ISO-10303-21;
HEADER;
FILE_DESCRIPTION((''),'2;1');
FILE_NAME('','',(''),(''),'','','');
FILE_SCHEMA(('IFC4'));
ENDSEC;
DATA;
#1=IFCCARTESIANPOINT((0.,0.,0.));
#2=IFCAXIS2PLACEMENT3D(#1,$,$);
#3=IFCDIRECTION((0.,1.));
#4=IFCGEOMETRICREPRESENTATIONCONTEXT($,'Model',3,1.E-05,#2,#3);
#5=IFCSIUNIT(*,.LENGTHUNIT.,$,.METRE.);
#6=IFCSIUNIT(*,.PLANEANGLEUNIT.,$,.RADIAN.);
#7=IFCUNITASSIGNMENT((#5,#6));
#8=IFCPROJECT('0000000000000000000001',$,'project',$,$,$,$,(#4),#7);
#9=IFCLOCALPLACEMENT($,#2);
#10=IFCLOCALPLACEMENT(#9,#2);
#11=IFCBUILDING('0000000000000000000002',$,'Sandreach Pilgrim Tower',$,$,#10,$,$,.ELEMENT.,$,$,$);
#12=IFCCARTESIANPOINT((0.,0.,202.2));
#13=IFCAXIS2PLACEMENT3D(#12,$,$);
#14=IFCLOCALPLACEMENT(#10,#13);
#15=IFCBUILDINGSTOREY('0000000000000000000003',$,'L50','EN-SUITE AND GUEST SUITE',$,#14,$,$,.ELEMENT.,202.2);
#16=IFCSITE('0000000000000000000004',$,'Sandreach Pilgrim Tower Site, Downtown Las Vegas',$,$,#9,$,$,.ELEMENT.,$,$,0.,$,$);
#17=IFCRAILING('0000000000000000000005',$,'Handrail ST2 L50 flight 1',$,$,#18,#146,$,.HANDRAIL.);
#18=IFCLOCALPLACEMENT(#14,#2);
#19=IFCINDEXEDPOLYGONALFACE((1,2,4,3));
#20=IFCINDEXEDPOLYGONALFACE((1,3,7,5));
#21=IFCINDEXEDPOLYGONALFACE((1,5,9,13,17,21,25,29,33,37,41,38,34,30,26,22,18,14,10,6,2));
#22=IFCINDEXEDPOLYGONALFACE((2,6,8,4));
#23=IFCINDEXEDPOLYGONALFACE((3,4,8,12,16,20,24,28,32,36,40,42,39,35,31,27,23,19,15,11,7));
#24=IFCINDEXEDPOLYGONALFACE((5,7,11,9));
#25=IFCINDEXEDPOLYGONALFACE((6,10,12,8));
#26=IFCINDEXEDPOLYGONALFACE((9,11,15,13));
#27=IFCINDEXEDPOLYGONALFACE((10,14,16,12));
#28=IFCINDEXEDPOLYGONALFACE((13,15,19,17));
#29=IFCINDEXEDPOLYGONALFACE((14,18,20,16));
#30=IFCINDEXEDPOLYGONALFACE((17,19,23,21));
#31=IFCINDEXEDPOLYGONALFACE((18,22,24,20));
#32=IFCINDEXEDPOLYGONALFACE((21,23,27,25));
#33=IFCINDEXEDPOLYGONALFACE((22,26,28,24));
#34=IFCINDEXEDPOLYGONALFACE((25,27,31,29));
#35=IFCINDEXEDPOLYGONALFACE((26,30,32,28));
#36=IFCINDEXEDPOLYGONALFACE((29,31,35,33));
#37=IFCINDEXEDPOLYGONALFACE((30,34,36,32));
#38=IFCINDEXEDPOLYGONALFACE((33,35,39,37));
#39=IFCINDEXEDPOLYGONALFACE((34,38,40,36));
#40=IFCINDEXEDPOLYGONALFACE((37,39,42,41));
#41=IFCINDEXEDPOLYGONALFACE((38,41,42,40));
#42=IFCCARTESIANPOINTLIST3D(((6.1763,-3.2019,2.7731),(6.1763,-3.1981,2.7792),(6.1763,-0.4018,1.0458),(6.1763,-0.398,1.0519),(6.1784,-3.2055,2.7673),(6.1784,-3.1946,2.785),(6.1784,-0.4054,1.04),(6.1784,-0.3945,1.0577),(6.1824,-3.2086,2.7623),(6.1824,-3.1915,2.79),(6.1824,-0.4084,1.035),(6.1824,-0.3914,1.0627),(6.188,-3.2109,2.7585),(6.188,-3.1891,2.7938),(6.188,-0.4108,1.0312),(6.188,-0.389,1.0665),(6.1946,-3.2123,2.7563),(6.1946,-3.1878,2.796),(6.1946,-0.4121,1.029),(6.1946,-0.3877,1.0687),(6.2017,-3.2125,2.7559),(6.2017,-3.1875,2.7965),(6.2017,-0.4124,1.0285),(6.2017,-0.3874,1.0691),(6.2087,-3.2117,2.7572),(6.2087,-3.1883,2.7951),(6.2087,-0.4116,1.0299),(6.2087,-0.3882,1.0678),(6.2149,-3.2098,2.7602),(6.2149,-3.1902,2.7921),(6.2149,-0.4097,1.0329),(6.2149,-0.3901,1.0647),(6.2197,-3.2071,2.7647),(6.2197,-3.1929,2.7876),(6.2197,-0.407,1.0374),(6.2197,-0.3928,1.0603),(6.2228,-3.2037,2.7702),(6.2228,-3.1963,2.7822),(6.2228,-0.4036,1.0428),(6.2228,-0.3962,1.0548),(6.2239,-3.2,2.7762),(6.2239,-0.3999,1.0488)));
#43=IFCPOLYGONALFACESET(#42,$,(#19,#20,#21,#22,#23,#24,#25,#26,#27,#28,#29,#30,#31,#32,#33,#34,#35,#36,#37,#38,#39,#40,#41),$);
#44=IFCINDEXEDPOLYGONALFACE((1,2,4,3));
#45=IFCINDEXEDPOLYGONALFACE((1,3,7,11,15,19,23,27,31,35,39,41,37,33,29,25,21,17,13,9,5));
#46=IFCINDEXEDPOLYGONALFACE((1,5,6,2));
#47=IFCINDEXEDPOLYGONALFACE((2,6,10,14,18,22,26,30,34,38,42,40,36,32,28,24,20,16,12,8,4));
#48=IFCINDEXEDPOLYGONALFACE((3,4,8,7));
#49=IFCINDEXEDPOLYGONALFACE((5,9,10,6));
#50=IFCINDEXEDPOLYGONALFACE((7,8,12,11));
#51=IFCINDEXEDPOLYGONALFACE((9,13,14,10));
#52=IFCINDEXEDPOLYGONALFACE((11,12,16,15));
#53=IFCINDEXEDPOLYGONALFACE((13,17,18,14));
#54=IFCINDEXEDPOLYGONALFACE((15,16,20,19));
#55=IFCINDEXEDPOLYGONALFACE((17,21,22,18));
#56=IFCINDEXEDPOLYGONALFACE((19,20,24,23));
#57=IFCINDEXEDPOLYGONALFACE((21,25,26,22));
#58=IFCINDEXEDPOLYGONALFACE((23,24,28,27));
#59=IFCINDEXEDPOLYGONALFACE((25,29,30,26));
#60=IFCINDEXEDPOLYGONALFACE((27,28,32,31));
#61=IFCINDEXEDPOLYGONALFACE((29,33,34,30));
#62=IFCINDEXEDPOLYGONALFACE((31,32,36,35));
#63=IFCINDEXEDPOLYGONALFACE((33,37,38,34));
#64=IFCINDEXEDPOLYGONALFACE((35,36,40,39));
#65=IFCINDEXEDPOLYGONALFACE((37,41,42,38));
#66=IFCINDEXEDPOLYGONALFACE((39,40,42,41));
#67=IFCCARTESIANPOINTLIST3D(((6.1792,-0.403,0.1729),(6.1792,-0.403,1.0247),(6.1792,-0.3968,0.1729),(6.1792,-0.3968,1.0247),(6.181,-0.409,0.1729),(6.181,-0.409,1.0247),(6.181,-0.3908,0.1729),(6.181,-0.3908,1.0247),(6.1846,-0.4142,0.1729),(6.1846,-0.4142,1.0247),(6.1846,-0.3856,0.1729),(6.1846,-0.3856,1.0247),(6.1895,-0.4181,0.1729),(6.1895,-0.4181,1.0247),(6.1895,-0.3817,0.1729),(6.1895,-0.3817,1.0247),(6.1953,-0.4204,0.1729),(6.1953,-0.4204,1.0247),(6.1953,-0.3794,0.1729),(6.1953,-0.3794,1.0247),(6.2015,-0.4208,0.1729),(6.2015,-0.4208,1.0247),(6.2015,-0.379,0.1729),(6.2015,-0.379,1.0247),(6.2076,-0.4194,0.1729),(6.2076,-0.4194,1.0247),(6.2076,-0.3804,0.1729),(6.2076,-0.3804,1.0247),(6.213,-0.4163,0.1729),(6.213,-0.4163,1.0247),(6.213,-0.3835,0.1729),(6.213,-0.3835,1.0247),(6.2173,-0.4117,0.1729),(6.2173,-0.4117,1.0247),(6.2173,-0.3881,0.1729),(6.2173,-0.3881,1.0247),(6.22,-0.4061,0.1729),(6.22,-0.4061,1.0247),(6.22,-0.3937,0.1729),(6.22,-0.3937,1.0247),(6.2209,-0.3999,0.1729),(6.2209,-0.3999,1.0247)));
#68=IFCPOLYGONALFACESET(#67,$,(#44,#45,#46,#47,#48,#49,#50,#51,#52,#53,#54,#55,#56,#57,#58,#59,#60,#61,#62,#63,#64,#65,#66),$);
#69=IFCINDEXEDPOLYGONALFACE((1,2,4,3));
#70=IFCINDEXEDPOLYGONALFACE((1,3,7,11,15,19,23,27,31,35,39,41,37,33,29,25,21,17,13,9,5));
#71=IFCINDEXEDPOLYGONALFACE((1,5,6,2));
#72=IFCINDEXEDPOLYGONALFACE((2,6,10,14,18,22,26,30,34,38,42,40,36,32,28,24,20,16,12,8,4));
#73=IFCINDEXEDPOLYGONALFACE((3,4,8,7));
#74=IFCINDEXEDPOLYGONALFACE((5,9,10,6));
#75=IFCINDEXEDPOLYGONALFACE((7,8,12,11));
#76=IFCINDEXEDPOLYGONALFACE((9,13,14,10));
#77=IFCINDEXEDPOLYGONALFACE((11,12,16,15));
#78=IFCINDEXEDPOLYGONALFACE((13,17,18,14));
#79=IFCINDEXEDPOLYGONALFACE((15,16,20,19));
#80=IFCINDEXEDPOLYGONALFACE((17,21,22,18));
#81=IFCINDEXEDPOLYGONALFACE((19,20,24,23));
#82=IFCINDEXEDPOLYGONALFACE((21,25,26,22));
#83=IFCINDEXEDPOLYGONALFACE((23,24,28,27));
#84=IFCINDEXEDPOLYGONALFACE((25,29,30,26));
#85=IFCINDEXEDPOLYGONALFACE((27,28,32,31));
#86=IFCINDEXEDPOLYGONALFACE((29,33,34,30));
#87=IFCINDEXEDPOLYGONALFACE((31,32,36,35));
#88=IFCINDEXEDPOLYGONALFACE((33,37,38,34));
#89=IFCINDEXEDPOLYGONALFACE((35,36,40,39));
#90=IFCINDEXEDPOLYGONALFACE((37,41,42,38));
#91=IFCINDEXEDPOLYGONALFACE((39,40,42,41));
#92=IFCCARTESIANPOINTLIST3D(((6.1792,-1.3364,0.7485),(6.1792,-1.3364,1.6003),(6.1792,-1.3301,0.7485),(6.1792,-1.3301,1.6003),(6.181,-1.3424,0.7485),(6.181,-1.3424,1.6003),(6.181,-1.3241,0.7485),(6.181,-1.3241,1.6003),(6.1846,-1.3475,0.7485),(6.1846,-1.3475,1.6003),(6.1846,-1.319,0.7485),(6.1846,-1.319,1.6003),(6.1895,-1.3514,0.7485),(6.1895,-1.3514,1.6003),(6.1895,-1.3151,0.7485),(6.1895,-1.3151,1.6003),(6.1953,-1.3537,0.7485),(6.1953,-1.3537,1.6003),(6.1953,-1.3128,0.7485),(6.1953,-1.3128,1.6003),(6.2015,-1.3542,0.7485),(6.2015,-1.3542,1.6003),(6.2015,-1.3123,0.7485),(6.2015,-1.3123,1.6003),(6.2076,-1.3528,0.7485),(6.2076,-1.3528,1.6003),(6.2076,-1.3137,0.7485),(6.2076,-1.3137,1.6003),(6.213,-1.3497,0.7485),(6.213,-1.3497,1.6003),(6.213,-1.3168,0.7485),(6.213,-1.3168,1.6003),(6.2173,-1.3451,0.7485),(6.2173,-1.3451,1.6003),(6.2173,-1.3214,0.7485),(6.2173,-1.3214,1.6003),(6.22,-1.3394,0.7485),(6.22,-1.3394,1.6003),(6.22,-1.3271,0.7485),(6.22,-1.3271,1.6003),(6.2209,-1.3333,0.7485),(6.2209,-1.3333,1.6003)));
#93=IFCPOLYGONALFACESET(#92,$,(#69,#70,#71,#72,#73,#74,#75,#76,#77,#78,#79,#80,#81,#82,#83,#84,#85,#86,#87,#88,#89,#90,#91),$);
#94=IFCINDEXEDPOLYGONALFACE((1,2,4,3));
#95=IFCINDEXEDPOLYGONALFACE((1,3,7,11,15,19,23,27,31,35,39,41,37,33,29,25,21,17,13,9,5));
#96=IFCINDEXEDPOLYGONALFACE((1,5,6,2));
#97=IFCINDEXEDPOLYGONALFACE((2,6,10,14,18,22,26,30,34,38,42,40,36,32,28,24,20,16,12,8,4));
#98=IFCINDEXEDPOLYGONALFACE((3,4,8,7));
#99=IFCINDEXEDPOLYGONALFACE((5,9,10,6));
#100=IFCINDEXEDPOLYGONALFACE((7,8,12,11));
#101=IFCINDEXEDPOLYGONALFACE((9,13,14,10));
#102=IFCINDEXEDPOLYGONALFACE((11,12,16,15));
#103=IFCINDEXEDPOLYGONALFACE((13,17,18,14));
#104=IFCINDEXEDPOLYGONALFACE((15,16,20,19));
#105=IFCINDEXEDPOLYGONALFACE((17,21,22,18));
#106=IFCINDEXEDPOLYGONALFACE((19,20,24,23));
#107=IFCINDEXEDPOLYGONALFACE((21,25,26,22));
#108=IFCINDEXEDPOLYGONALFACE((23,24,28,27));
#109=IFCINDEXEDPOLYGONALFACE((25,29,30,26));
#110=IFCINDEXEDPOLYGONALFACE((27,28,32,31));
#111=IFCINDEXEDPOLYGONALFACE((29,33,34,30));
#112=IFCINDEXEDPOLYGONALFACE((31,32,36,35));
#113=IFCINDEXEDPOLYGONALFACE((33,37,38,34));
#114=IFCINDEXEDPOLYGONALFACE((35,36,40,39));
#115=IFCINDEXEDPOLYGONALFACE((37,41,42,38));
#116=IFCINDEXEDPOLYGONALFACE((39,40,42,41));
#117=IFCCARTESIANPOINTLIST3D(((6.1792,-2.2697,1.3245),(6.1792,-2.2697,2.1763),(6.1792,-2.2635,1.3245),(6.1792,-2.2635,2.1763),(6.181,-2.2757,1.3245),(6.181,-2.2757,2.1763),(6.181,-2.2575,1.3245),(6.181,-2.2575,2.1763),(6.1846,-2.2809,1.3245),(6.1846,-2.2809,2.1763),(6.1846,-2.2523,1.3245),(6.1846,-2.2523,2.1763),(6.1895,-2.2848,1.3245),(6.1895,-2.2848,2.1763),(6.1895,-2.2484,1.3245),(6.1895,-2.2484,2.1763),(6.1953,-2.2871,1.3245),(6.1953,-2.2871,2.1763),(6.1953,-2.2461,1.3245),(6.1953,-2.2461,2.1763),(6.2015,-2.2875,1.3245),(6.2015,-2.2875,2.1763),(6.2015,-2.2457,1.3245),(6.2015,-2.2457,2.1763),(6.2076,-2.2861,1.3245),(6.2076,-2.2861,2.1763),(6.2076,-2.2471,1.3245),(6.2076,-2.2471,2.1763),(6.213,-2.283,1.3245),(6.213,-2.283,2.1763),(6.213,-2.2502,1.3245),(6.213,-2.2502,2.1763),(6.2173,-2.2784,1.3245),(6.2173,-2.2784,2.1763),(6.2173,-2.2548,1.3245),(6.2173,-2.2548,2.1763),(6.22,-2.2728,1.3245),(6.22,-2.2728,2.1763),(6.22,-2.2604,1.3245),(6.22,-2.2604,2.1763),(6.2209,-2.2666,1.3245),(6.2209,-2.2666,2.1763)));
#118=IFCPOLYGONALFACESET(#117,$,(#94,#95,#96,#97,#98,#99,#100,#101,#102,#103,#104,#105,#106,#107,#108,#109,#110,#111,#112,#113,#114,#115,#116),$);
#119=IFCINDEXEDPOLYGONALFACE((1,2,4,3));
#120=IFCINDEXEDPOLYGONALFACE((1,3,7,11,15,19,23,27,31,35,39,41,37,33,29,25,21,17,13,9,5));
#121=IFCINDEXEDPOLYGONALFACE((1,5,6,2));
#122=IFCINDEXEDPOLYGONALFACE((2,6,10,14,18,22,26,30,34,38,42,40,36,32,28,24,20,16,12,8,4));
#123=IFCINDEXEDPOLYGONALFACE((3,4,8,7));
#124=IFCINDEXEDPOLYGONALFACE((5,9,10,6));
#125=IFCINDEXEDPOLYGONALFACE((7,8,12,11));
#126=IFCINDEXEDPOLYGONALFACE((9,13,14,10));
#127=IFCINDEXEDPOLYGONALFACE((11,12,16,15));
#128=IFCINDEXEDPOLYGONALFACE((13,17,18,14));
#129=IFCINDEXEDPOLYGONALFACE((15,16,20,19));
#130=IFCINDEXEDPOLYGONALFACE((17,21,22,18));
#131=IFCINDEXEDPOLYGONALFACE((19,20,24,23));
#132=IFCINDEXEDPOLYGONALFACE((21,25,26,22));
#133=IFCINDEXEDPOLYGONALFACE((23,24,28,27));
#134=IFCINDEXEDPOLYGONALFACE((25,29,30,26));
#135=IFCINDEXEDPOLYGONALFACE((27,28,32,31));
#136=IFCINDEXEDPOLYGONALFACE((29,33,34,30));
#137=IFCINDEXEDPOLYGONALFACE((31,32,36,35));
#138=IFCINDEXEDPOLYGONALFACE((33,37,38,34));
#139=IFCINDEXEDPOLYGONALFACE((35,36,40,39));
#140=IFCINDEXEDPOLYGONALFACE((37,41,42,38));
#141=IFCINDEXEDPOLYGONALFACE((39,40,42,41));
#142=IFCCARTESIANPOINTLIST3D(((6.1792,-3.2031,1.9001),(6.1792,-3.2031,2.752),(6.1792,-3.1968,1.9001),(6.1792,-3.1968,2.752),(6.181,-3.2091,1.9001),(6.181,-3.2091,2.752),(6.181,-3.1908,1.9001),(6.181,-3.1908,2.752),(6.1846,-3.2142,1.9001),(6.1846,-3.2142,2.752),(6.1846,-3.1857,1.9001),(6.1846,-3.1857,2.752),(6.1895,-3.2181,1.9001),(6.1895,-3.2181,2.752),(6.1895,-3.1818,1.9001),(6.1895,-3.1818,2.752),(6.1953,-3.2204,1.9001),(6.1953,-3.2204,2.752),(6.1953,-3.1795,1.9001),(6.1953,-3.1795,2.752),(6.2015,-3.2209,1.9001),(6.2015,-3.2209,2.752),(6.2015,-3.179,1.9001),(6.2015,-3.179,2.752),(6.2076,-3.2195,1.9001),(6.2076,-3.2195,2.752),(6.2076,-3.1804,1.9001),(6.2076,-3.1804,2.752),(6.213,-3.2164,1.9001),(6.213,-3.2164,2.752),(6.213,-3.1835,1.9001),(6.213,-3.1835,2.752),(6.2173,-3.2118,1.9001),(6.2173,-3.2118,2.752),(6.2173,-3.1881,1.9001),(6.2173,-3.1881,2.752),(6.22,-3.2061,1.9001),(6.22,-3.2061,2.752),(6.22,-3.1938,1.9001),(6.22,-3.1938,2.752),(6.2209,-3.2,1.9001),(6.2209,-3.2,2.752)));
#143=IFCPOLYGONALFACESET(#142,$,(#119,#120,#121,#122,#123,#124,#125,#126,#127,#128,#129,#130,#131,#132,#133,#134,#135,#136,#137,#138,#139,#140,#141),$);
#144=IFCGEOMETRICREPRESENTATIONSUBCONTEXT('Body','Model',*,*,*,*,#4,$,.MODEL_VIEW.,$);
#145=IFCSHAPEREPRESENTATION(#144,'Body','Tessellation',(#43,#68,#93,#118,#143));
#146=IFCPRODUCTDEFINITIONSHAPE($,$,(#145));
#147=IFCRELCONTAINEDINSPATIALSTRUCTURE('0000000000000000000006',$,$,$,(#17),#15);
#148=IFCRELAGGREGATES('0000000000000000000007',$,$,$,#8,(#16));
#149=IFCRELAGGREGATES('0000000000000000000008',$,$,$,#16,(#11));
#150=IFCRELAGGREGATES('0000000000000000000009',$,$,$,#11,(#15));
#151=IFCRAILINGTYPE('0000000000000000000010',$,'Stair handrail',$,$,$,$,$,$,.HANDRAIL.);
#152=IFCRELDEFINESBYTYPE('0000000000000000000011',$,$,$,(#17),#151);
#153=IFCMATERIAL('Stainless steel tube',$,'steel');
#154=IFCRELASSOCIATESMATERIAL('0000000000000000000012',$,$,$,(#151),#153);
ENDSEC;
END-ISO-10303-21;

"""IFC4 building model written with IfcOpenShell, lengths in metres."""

from ifc_helpers import new_model, si_unit, direction, frame, origin, origin_2d, place, context, subcontext, project, spatial, circle, extrude, material, type_object, element, save


model = new_model("IFC4")

# Units and contexts
model_context = context("Model", 3, precision=1e-05, world=origin(), true_north=direction((0.0, 1.0)))
body_context = subcontext(model_context, "Body", "Model", "MODEL_VIEW")
ifc_project = project(units=[si_unit("LENGTHUNIT", "METRE"), si_unit("PLANEANGLEUNIT", "RADIAN")], contexts=[model_context])

# Site, building, storey
site_placement = place(None, origin())
site = spatial("IfcSite", under=ifc_project, at=site_placement, Name="Sandreach Pilgrim Tower Site, Downtown Las Vegas", CompositionType="ELEMENT", RefElevation=0.0)
building_placement = place(site_placement, origin())
building = spatial("IfcBuilding", under=site, at=building_placement, Name="Sandreach Pilgrim Tower", CompositionType="ELEMENT")
storey_placement = place(building_placement, frame((0.0, 0.0, 202.2)))
storey = spatial("IfcBuildingStorey", under=building, at=storey_placement, Name="L50", Description="EN-SUITE AND GUEST SUITE", CompositionType="ELEMENT", Elevation=202.2)

# Railing
ifc_material_1 = material(Name="Stainless steel tube", Category="steel")
railing_type = type_object("IfcRailingType", Name="Stair handrail", PredefinedType="HANDRAIL", material=ifc_material_1)
for number, where, name in (
    (1, (6.2, -0.3999, 0.1729), "Handrail ST2 L50 flight 1"),
):
    element("IfcRailing", number, at=place(storey_placement, frame(where)), inside=storey, type_object=railing_type, Name=name, PredefinedType="HANDRAIL", context=body_context, shape_type="SweptSolid", body=[
        extrude(circle(Radius=0.0239, at=origin_2d()), frame((0.0, 0.0, 0.876), z_axis=(0.0, -0.85109, 0.52502), x_axis=(1.0, 0.0, 0.0)), (0.0, 0.0, 1.0), 3.29),
        extrude(circle(Radius=0.021, at=origin_2d()), origin(), (0.0, 0.0, 1.0), 0.8518),
        extrude(circle(Radius=0.021, at=origin_2d()), frame((0.0, -0.9333, 0.5757)), (0.0, 0.0, 1.0), 0.8518),
        extrude(circle(Radius=0.021, at=origin_2d()), frame((0.0, -1.8667, 1.1516)), (0.0, 0.0, 1.0), 0.8518),
        extrude(circle(Radius=0.021, at=origin_2d()), frame((0.0, -2.8, 1.7273)), (0.0, 0.0, 1.0), 0.8518),
    ])

save(model, "model.ifc")
